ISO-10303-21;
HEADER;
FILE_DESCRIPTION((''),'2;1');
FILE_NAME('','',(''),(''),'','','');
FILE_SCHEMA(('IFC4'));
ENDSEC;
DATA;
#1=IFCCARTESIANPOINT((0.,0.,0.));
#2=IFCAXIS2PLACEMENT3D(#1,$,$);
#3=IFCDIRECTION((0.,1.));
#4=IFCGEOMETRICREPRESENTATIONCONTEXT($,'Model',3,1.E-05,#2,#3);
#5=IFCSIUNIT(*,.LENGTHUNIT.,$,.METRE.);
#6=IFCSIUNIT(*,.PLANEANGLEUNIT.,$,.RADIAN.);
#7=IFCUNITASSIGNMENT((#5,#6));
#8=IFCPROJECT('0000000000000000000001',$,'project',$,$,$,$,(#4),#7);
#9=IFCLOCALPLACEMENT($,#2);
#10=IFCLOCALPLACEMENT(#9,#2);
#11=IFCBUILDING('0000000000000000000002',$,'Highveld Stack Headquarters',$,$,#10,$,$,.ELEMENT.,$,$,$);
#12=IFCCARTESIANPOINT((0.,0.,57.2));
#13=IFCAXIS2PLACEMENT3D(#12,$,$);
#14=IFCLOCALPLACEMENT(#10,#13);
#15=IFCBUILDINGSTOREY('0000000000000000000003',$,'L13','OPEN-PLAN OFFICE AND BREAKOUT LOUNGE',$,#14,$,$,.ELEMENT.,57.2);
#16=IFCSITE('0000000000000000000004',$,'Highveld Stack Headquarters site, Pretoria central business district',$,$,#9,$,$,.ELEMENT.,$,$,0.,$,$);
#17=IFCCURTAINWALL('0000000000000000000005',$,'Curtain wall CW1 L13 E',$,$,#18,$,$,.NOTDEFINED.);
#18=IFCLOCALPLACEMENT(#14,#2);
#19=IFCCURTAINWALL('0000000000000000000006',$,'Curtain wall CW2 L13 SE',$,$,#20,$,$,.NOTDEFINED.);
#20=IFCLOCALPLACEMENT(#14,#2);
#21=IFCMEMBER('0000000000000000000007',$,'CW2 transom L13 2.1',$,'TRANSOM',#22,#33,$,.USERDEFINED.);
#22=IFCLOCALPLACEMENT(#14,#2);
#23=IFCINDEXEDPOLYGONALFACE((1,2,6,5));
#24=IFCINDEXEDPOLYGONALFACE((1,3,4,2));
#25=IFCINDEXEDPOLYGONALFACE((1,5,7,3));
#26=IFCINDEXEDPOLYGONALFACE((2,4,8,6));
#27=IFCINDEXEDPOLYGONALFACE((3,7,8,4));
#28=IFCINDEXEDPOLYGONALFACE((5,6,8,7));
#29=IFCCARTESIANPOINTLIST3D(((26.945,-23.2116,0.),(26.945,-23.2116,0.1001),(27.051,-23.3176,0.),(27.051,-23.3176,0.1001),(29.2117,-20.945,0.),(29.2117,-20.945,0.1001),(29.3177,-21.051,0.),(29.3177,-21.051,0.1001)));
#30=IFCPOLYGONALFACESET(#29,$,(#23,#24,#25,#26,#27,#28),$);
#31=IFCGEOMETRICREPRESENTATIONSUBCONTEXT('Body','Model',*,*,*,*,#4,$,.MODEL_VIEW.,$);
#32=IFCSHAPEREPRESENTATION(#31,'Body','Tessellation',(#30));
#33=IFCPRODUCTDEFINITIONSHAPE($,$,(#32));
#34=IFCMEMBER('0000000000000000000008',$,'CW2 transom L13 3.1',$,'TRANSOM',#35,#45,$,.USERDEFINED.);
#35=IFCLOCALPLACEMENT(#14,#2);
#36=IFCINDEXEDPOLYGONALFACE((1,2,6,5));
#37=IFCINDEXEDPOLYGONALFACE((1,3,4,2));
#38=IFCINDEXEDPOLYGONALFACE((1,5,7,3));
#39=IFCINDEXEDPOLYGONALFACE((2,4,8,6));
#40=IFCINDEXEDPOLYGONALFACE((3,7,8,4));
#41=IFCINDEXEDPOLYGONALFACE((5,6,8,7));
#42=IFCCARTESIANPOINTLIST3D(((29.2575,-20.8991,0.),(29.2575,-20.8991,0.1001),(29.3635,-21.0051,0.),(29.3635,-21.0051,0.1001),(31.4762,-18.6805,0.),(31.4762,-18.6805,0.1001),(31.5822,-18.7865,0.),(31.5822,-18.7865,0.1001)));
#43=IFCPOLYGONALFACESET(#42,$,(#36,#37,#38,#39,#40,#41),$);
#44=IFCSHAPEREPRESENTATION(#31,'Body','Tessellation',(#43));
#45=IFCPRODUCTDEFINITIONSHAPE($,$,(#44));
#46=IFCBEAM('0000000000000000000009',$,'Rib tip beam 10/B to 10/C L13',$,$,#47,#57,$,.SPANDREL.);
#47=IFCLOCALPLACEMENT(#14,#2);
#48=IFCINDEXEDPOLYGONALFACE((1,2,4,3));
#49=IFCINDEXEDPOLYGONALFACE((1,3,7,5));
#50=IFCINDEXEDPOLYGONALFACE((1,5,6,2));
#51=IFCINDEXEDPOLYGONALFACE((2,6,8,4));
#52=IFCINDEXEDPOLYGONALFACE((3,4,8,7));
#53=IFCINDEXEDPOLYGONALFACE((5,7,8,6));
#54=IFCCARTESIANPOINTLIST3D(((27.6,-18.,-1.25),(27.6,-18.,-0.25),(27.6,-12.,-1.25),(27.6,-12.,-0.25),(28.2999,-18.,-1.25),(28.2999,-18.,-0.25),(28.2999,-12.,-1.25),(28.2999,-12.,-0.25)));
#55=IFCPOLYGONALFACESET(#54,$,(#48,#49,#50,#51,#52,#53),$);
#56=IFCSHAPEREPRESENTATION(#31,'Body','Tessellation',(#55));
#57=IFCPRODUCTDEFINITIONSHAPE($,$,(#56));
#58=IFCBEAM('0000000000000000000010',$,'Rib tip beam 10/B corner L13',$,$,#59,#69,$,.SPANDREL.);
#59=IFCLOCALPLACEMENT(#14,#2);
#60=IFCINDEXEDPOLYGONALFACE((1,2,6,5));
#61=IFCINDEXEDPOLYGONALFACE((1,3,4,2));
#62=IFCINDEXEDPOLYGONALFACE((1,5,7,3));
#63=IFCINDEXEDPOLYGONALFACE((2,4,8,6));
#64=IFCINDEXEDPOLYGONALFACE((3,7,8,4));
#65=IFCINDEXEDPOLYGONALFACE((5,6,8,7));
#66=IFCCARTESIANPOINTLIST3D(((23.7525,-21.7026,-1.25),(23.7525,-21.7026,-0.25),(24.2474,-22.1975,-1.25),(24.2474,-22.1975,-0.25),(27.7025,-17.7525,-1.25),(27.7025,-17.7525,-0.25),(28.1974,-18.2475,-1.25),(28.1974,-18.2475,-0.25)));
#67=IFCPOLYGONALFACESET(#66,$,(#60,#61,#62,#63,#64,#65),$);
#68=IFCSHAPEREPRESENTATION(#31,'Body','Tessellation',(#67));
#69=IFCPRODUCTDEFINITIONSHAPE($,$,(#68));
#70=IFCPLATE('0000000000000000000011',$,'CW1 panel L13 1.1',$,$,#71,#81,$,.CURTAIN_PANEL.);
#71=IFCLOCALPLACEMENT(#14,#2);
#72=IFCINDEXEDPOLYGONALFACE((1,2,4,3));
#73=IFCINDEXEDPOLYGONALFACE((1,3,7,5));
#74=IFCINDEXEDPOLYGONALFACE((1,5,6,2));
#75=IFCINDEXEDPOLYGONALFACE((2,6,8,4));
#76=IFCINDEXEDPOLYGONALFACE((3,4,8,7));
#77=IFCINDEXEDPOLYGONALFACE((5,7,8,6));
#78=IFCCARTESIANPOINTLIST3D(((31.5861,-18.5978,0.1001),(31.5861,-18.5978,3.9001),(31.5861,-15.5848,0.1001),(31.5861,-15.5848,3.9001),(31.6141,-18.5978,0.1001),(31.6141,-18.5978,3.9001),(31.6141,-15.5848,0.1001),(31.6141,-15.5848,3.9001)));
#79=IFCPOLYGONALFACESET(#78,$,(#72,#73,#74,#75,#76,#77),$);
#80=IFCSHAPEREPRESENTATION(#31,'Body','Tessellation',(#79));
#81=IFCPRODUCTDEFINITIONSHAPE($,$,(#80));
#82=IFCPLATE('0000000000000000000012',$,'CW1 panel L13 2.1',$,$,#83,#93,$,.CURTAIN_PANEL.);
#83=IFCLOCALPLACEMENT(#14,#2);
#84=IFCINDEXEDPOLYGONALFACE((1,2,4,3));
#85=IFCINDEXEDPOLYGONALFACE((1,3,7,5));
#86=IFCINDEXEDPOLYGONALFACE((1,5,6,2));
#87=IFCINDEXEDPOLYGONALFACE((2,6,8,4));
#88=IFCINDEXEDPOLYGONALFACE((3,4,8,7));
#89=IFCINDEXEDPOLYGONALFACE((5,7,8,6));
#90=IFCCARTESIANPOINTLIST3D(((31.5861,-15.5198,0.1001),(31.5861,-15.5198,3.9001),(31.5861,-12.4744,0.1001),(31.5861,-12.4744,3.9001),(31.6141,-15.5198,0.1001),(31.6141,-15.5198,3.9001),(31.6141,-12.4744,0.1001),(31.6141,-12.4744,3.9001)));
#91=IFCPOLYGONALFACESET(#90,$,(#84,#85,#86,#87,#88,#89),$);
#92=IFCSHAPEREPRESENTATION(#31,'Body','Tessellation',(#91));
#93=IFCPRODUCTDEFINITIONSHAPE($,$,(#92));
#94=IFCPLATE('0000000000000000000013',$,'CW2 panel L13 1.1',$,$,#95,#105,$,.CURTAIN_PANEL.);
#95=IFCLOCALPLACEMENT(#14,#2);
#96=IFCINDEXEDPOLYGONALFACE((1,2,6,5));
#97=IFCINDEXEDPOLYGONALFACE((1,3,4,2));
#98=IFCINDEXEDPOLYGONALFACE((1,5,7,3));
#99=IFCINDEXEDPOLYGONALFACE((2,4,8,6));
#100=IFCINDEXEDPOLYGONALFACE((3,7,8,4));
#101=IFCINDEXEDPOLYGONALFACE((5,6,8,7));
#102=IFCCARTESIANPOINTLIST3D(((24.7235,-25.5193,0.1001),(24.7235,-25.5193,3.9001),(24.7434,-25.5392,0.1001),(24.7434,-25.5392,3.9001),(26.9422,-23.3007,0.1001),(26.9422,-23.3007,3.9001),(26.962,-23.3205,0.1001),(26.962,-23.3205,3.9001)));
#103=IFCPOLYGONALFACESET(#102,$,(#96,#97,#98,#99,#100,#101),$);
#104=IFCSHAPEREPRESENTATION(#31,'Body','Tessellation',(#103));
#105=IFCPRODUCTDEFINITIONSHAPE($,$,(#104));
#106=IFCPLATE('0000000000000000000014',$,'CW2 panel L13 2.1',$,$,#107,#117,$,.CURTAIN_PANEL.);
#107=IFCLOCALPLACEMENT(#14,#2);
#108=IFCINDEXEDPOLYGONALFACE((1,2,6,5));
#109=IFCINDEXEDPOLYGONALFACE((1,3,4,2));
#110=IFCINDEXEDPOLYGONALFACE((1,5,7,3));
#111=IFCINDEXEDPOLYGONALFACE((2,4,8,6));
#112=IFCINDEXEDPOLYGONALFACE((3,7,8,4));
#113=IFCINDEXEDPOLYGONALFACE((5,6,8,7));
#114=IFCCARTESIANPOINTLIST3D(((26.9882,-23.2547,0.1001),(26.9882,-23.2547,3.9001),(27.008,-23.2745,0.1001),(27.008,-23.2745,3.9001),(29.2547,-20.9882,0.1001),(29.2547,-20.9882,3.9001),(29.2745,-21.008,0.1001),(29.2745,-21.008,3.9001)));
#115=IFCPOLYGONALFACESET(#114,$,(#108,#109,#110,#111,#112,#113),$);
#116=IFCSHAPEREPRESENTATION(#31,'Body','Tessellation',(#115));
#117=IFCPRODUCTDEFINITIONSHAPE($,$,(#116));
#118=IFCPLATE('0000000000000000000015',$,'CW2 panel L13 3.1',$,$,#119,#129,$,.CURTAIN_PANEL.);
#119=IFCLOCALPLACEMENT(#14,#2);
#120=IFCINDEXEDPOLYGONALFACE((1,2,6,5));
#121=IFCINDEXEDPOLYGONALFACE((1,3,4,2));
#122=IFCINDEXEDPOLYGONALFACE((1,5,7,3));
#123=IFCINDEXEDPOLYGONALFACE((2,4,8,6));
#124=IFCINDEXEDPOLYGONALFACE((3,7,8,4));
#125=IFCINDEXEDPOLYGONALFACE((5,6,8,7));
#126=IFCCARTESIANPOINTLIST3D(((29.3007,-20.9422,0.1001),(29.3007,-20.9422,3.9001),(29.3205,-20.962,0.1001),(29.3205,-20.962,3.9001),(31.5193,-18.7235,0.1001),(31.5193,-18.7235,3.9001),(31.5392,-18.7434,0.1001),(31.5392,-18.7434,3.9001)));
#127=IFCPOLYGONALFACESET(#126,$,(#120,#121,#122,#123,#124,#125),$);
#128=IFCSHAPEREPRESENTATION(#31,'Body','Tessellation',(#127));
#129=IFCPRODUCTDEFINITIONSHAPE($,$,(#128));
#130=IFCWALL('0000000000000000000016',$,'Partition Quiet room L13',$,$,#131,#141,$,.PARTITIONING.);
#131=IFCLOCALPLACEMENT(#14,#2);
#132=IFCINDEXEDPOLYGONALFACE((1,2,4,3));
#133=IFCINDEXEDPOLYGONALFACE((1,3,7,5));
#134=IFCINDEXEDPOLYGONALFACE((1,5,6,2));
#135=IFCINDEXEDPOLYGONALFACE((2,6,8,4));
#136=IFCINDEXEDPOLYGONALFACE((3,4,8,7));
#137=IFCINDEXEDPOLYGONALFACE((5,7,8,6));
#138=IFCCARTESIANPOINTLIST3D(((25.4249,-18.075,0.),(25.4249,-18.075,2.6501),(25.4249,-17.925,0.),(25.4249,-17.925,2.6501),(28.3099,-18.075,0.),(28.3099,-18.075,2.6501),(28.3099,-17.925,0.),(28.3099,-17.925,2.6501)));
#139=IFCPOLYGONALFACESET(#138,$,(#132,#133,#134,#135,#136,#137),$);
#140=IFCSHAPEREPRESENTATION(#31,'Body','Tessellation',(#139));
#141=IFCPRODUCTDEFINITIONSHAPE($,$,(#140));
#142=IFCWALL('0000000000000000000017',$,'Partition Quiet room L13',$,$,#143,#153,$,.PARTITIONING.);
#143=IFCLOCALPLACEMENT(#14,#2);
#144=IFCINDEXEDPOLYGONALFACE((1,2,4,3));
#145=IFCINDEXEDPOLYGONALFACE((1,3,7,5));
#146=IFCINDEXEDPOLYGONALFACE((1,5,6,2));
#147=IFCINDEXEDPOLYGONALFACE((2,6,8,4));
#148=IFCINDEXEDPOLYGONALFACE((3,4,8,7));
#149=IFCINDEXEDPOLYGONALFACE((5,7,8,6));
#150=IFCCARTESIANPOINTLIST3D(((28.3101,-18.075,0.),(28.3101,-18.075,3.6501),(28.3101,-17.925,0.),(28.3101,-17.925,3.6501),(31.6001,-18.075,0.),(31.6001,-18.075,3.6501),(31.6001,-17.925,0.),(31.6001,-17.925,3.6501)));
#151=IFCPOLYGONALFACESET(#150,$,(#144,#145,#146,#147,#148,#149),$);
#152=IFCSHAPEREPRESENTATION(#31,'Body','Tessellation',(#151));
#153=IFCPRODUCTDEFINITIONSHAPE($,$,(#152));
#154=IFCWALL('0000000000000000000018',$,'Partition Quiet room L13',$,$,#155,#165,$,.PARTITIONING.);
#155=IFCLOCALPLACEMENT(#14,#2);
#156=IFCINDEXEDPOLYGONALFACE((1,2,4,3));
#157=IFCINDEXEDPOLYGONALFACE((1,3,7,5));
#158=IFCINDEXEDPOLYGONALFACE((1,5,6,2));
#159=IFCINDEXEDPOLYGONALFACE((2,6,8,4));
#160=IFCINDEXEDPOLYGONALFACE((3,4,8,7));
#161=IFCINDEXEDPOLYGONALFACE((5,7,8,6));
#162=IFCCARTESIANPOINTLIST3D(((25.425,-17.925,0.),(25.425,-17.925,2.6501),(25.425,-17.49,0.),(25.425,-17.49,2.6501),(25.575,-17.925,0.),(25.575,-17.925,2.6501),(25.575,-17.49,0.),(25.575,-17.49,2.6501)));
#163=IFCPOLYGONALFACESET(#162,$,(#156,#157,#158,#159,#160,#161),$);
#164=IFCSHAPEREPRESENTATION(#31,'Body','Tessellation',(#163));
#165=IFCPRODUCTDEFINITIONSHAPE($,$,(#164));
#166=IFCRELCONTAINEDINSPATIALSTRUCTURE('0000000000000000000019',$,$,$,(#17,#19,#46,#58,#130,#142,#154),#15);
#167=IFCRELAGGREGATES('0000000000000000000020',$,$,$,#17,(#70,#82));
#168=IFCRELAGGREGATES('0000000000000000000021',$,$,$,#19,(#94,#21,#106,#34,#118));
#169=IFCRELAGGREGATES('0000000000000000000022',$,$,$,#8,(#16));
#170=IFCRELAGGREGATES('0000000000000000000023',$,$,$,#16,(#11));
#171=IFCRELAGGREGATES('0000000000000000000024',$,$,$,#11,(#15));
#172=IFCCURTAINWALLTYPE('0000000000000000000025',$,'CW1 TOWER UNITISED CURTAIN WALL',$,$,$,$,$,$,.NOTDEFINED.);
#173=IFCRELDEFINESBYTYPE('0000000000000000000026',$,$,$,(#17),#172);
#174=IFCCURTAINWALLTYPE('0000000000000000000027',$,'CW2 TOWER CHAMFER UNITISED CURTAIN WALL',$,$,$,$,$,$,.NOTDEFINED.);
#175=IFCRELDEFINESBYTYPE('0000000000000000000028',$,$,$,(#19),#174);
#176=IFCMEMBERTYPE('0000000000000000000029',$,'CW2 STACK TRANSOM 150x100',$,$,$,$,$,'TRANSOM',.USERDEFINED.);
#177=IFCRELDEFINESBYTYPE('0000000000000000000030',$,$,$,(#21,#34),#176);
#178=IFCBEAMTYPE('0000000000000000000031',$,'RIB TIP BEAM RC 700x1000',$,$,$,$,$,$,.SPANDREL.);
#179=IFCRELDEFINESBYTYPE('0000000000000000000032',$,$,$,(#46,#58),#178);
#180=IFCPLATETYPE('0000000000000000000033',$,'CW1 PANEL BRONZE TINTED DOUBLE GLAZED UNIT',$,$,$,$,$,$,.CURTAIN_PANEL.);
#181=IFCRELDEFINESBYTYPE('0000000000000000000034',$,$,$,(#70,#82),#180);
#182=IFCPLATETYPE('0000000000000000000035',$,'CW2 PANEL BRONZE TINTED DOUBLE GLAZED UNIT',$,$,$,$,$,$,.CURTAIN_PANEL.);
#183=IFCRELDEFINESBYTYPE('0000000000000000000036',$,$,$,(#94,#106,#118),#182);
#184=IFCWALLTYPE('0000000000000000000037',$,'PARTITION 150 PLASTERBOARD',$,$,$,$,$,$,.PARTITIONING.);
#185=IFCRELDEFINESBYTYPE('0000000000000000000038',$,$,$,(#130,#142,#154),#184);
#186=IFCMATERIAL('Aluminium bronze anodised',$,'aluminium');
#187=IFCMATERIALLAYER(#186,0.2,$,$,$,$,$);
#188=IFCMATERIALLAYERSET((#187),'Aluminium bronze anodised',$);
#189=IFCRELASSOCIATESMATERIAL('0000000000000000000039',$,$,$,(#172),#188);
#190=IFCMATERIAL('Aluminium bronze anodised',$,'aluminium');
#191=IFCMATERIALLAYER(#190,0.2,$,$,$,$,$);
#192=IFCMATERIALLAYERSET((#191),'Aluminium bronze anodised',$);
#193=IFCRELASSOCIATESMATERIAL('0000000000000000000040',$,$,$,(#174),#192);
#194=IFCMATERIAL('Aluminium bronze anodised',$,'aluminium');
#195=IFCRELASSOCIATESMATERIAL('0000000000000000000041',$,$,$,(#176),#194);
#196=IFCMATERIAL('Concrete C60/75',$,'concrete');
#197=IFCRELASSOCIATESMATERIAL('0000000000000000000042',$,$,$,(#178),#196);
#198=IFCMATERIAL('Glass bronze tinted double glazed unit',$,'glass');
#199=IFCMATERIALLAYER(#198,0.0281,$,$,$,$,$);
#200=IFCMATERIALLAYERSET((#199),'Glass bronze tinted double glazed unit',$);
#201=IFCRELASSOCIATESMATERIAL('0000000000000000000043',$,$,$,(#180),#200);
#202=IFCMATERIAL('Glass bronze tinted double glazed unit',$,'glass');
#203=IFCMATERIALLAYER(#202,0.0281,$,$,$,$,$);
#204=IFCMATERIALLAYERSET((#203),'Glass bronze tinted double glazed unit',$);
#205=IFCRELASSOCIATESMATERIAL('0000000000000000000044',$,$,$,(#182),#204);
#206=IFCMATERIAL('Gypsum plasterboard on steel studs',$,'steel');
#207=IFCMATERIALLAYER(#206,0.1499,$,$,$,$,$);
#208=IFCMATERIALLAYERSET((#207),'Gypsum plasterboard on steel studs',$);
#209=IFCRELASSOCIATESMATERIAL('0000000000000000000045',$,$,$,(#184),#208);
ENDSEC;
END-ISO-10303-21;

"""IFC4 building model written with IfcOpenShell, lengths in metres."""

from ifc_helpers import new_model, si_unit, direction, frame, frame_2d, origin, origin_2d, place, context, subcontext, project, spatial, rectangle, extrude, material, layer, layer_set, material_profile, profile_set, type_object, element, aggregate, save


model = new_model("IFC4")

# Units and contexts
model_context = context("Model", 3, precision=1e-05, world=origin(), true_north=direction((0.0, 1.0)))
body_context = subcontext(model_context, "Body", "Model", "MODEL_VIEW")
ifc_project = project(units=[si_unit("LENGTHUNIT", "METRE"), si_unit("PLANEANGLEUNIT", "RADIAN")], contexts=[model_context])

# Site, building, storey
site_placement = place(None, origin())
site = spatial("IfcSite", under=ifc_project, at=site_placement, Name="Highveld Stack Headquarters site, Pretoria central business district", CompositionType="ELEMENT", RefElevation=0.0)
building_placement = place(site_placement, origin())
building = spatial("IfcBuilding", under=site, at=building_placement, Name="Highveld Stack Headquarters", CompositionType="ELEMENT")
storey_placement = place(building_placement, frame((0.0, 0.0, 57.2)))
storey = spatial("IfcBuildingStorey", under=building, at=storey_placement, Name="L13", Description="OPEN-PLAN OFFICE AND BREAKOUT LOUNGE", CompositionType="ELEMENT", Elevation=57.2)

# Shared definitions
ifc_material_1 = material(Name="Aluminium bronze anodised", Category="aluminium")
ifc_layer_1 = layer(ifc_material_1, 0.2)
ifc_layer_set_1 = layer_set([ifc_layer_1], Name="Aluminium bronze anodised")
curtain_wall_type_1 = type_object("IfcCurtainWallType", Name="CW1 TOWER UNITISED CURTAIN WALL", PredefinedType="NOTDEFINED", material=ifc_layer_set_1)

# Curtain wall
curtain_wall_1_placement = place(storey_placement, origin())
curtain_wall_1 = element("IfcCurtainWall", 1, at=curtain_wall_1_placement, inside=storey, type_object=curtain_wall_type_1, Name="Curtain wall CW1 L13 E", PredefinedType="NOTDEFINED")

# Curtain wall, members
ifc_material_2 = material(Name="Aluminium bronze anodised", Category="aluminium")
ifc_layer_2 = layer(ifc_material_2, 0.2)
ifc_layer_set_2 = layer_set([ifc_layer_2], Name="Aluminium bronze anodised")
curtain_wall_type_2 = type_object("IfcCurtainWallType", Name="CW2 TOWER CHAMFER UNITISED CURTAIN WALL", PredefinedType="NOTDEFINED", material=ifc_layer_set_2)
curtain_wall_2_placement = place(storey_placement, origin())
curtain_wall_2 = element("IfcCurtainWall", 2, at=curtain_wall_2_placement, inside=storey, type_object=curtain_wall_type_2, Name="Curtain wall CW2 L13 SE", PredefinedType="NOTDEFINED")
ifc_material_3 = material(Name="Aluminium bronze anodised", Category="aluminium")
ifc_material_profile_1 = material_profile(ifc_material_3, rectangle(XDim=0.1499, YDim=0.1001, at=origin_2d()), Name="CW2 TRANSOM 150x100")
ifc_profile_set_1 = profile_set([ifc_material_profile_1], Name="Aluminium bronze anodised")
member_type_1 = type_object("IfcMemberType", Name="CW2 STACK TRANSOM 150x100", ElementType="TRANSOM", PredefinedType="USERDEFINED", material=ifc_profile_set_1)
member_1_placement = place(storey_placement, frame((26.998, -23.2646, 0.05), z_axis=(0.707107, 0.707107, 0.0), x_axis=(-0.707107, 0.707107, 0.0)))
member_1 = element("IfcMember", 3, at=member_1_placement, type_object=member_type_1, Name="CW2 transom L13 2.1", ObjectType="TRANSOM", PredefinedType="USERDEFINED", context=body_context, shape_type="SweptSolid", body=[
    extrude(rectangle(XDim=0.1499, YDim=0.1001, at=origin_2d()), origin(), (0.0, 0.0, 1.0), 3.2056),
])
member_2_placement = place(storey_placement, frame((29.3105, -20.9521, 0.05), z_axis=(0.707107, 0.707107, 0.0), x_axis=(-0.707107, 0.707107, 0.0)))
member_2 = element("IfcMember", 4, at=member_2_placement, type_object=member_type_1, Name="CW2 transom L13 3.1", ObjectType="TRANSOM", PredefinedType="USERDEFINED", context=body_context, shape_type="SweptSolid", body=[
    extrude(rectangle(XDim=0.1499, YDim=0.1001, at=origin_2d()), origin(), (0.0, 0.0, 1.0), 3.1377),
])

# Beams
ifc_material_4 = material(Name="Concrete C60/75", Category="concrete")
ifc_material_profile_2 = material_profile(ifc_material_4, rectangle(XDim=0.7, YDim=1.0, at=origin_2d()), Name="RC 700x1000")
ifc_profile_set_2 = profile_set([ifc_material_profile_2], Name="Concrete C60/75")
beam_type = type_object("IfcBeamType", Name="RIB TIP BEAM RC 700x1000", PredefinedType="SPANDREL", material=ifc_profile_set_2)
beam_1_placement = place(storey_placement, frame((27.95, -18.0, -0.75), z_axis=(0.0, 1.0, 0.0), x_axis=(-1.0, 0.0, 0.0)))
element("IfcBeam", 5, at=beam_1_placement, inside=storey, type_object=beam_type, Name="Rib tip beam 10/B to 10/C L13", PredefinedType="SPANDREL", context=body_context, shape_type="SweptSolid", body=[
    extrude(rectangle(XDim=0.7, YDim=1.0, at=origin_2d()), origin(), (0.0, 0.0, 1.0), 6.0),
])
beam_2_placement = place(storey_placement, frame((27.95, -18.0, -0.75), z_axis=(-0.707107, -0.707107, 0.0), x_axis=(0.707107, -0.707107, 0.0)))
element("IfcBeam", 6, at=beam_2_placement, inside=storey, type_object=beam_type, Name="Rib tip beam 10/B corner L13", PredefinedType="SPANDREL", context=body_context, shape_type="SweptSolid", body=[
    extrude(rectangle(XDim=0.7, YDim=1.0, at=origin_2d()), origin(), (0.0, 0.0, 1.0), 5.5862),
])

# Plates
ifc_material_5 = material(Name="Glass bronze tinted double glazed unit", Category="glass")
ifc_layer_3 = layer(ifc_material_5, 0.0281)
ifc_layer_set_3 = layer_set([ifc_layer_3], Name="Glass bronze tinted double glazed unit")
plate_type_1 = type_object("IfcPlateType", Name="CW1 PANEL BRONZE TINTED DOUBLE GLAZED UNIT", PredefinedType="CURTAIN_PANEL", material=ifc_layer_set_3)
plate_1_placement = place(storey_placement, frame((31.6001, -17.0913, 0.1001), z_axis=(0.0, 0.0, 1.0), x_axis=(0.0, 1.0, 0.0)))
plate_1 = element("IfcPlate", 7, at=plate_1_placement, type_object=plate_type_1, Name="CW1 panel L13 1.1", PredefinedType="CURTAIN_PANEL", context=body_context, shape_type="SweptSolid", body=[
    extrude(rectangle(XDim=3.0129, YDim=0.0281, at=origin_2d()), origin(), (0.0, 0.0, 1.0), 3.8),
])
plate_2_placement = place(storey_placement, frame((31.6001, -13.9971, 0.1001), z_axis=(0.0, 0.0, 1.0), x_axis=(0.0, 1.0, 0.0)))
plate_2 = element("IfcPlate", 8, at=plate_2_placement, type_object=plate_type_1, Name="CW1 panel L13 2.1", PredefinedType="CURTAIN_PANEL", context=body_context, shape_type="SweptSolid", body=[
    extrude(rectangle(XDim=3.0454, YDim=0.0281, at=origin_2d()), origin(), (0.0, 0.0, 1.0), 3.8),
])
aggregate(curtain_wall_1, [plate_1, plate_2])
ifc_material_6 = material(Name="Glass bronze tinted double glazed unit", Category="glass")
ifc_layer_4 = layer(ifc_material_6, 0.0281)
ifc_layer_set_4 = layer_set([ifc_layer_4], Name="Glass bronze tinted double glazed unit")
plate_type_2 = type_object("IfcPlateType", Name="CW2 PANEL BRONZE TINTED DOUBLE GLAZED UNIT", PredefinedType="CURTAIN_PANEL", material=ifc_layer_set_4)
plate_3_placement = place(storey_placement, frame((25.8428, -24.4199, 0.1001), z_axis=(0.0, 0.0, 1.0), x_axis=(0.707107, 0.707107, 0.0)))
plate_3 = element("IfcPlate", 9, at=plate_3_placement, type_object=plate_type_2, Name="CW2 panel L13 1.1", PredefinedType="CURTAIN_PANEL", context=body_context, shape_type="SweptSolid", body=[
    extrude(rectangle(XDim=3.1377, YDim=0.0281, at=origin_2d()), origin(), (0.0, 0.0, 1.0), 3.8),
])
plate_4_placement = place(storey_placement, frame((28.1313, -22.1313, 0.1001), z_axis=(0.0, 0.0, 1.0), x_axis=(0.707107, 0.707107, 0.0)))
plate_4 = element("IfcPlate", 10, at=plate_4_placement, type_object=plate_type_2, Name="CW2 panel L13 2.1", PredefinedType="CURTAIN_PANEL", context=body_context, shape_type="SweptSolid", body=[
    extrude(rectangle(XDim=3.2053, YDim=0.0281, at=origin_2d()), origin(), (0.0, 0.0, 1.0), 3.8),
])
plate_5_placement = place(storey_placement, frame((30.4199, -19.8428, 0.1001), z_axis=(0.0, 0.0, 1.0), x_axis=(0.707107, 0.707107, 0.0)))
plate_5 = element("IfcPlate", 11, at=plate_5_placement, type_object=plate_type_2, Name="CW2 panel L13 3.1", PredefinedType="CURTAIN_PANEL", context=body_context, shape_type="SweptSolid", body=[
    extrude(rectangle(XDim=3.1377, YDim=0.0281, at=origin_2d()), origin(), (0.0, 0.0, 1.0), 3.8),
])
aggregate(curtain_wall_2, [plate_3, member_1, plate_4, member_2, plate_5])

# Walls
ifc_material_7 = material(Name="Gypsum plasterboard on steel studs", Category="steel")
ifc_layer_5 = layer(ifc_material_7, 0.1499)
ifc_layer_set_5 = layer_set([ifc_layer_5], Name="Gypsum plasterboard on steel studs")
wall_type = type_object("IfcWallType", Name="PARTITION 150 PLASTERBOARD", PredefinedType="PARTITIONING", material=ifc_layer_set_5)
wall_1_placement = place(storey_placement, frame((25.425, -18.0, 0.0), z_axis=(0.0, 0.0, 1.0), x_axis=(1.0, 0.0, 0.0)))
element("IfcWall", 12, at=wall_1_placement, inside=storey, type_object=wall_type, Name="Partition Quiet room L13", PredefinedType="PARTITIONING", context=body_context, shape_type="SweptSolid", body=[
    extrude(rectangle(XDim=2.885, YDim=0.1499, at=frame_2d((1.4424, 0.0))), origin(), (0.0, 0.0, 1.0), 2.6501),
])
wall_2_placement = place(storey_placement, frame((28.3101, -18.0, 0.0), z_axis=(0.0, 0.0, 1.0), x_axis=(1.0, 0.0, 0.0)))
element("IfcWall", 13, at=wall_2_placement, inside=storey, type_object=wall_type, Name="Partition Quiet room L13", PredefinedType="PARTITIONING", context=body_context, shape_type="SweptSolid", body=[
    extrude(rectangle(XDim=3.29, YDim=0.1499, at=frame_2d((1.645, 0.0))), origin(), (0.0, 0.0, 1.0), 3.6501),
])
wall_3_placement = place(storey_placement, frame((25.5, -17.925, 0.0), z_axis=(0.0, 0.0, 1.0), x_axis=(0.0, 1.0, 0.0)))
element("IfcWall", 14, at=wall_3_placement, inside=storey, type_object=wall_type, Name="Partition Quiet room L13", PredefinedType="PARTITIONING", context=body_context, shape_type="SweptSolid", body=[
    extrude(rectangle(XDim=0.4351, YDim=0.1499, at=frame_2d((0.2175, 0.0))), origin(), (0.0, 0.0, 1.0), 2.6501),
])

save(model, "model.ifc")
